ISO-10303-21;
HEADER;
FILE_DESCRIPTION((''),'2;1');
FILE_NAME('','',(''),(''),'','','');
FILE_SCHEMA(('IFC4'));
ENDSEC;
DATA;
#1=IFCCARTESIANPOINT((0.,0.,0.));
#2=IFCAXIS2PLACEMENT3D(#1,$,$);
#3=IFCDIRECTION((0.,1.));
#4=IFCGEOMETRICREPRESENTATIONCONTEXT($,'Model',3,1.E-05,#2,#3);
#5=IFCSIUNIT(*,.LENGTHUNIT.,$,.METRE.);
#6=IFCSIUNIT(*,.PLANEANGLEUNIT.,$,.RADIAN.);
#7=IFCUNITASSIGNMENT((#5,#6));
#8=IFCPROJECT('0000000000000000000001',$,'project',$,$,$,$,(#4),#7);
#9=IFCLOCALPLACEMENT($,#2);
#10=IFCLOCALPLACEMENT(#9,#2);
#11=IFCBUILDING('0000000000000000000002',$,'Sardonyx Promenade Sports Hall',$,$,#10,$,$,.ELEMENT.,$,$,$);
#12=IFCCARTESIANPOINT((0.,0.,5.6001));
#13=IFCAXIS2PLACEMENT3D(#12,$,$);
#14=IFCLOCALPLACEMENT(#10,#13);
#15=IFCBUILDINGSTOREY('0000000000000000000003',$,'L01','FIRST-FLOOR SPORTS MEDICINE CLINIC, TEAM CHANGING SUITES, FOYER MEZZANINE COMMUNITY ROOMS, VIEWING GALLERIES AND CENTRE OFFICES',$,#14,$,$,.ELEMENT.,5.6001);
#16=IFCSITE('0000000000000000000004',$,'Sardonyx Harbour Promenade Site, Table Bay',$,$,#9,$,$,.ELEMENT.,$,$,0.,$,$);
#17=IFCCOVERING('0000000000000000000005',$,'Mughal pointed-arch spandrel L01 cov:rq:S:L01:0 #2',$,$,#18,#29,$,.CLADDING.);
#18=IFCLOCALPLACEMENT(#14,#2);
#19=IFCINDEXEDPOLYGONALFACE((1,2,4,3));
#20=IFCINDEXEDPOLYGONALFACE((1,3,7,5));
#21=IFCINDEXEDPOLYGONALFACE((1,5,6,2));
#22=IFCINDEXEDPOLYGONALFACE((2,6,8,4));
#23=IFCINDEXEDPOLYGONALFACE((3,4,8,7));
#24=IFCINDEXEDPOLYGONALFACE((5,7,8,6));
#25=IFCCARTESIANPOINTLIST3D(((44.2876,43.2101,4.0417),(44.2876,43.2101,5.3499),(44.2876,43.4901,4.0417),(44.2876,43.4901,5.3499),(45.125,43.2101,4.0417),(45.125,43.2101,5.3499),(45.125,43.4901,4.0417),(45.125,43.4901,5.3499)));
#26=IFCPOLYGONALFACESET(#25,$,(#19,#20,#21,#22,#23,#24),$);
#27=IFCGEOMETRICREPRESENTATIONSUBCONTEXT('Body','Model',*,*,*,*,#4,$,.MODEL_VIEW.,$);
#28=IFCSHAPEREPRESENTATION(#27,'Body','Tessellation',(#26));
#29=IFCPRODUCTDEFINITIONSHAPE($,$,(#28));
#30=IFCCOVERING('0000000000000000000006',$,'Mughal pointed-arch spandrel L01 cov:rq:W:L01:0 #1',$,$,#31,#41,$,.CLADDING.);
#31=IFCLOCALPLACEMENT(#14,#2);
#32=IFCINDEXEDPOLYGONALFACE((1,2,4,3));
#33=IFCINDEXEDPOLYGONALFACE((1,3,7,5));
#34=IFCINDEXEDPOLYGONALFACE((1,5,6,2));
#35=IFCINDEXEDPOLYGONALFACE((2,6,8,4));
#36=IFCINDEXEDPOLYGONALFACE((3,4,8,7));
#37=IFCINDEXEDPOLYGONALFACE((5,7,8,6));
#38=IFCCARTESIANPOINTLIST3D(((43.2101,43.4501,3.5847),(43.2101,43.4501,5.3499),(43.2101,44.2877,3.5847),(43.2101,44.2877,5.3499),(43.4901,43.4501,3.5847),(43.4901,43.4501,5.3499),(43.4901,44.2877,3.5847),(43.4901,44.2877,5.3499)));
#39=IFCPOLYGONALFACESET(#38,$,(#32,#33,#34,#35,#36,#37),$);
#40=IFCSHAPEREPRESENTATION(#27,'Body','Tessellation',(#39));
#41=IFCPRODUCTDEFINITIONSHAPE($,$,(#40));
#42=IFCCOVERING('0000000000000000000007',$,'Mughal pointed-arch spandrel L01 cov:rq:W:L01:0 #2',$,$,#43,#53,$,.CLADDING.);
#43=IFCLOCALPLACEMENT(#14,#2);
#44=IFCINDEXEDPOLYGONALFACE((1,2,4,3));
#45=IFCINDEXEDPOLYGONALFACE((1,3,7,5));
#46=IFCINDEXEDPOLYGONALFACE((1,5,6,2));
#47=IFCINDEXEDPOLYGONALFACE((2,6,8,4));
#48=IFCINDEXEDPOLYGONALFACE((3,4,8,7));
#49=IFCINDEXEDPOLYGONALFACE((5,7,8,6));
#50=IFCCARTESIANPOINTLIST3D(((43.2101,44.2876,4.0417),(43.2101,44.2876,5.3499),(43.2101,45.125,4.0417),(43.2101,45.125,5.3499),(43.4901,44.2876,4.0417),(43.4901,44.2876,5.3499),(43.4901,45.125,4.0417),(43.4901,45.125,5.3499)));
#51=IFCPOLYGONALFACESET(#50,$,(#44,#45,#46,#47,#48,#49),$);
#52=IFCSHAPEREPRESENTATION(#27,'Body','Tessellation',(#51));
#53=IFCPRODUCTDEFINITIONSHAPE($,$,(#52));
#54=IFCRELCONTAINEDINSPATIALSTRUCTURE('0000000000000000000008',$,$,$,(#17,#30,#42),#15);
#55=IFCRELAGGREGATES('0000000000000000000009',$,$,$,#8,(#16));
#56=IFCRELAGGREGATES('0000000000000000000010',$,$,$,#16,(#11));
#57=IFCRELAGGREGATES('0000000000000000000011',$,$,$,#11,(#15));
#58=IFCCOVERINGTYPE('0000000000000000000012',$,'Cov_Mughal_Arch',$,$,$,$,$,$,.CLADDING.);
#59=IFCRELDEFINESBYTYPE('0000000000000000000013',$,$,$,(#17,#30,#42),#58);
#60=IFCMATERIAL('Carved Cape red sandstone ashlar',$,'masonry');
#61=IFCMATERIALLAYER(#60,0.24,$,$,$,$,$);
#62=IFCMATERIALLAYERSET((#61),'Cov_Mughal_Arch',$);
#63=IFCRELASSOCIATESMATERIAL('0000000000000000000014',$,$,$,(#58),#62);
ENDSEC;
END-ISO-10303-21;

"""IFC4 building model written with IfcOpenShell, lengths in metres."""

from ifc_helpers import new_model, si_unit, direction, frame, frame_2d, origin, place, context, subcontext, project, spatial, rectangle, extrude, material, layer, layer_set, type_object, element, save


model = new_model("IFC4")

# Units and contexts
model_context = context("Model", 3, precision=1e-05, world=origin(), true_north=direction((0.0, 1.0)))
body_context = subcontext(model_context, "Body", "Model", "MODEL_VIEW")
ifc_project = project(units=[si_unit("LENGTHUNIT", "METRE"), si_unit("PLANEANGLEUNIT", "RADIAN")], contexts=[model_context])

# Site, building, storey
site_placement = place(None, origin())
site = spatial("IfcSite", under=ifc_project, at=site_placement, Name="Sardonyx Harbour Promenade Site, Table Bay", CompositionType="ELEMENT", RefElevation=0.0)
building_placement = place(site_placement, origin())
building = spatial("IfcBuilding", under=site, at=building_placement, Name="Sardonyx Promenade Sports Hall", CompositionType="ELEMENT")
storey_placement = place(building_placement, frame((0.0, 0.0, 5.6001)))
storey = spatial("IfcBuildingStorey", under=building, at=storey_placement, Name="L01", Description="FIRST-FLOOR SPORTS MEDICINE CLINIC, TEAM CHANGING SUITES, FOYER MEZZANINE COMMUNITY ROOMS, VIEWING GALLERIES AND CENTRE OFFICES", CompositionType="ELEMENT", Elevation=5.6001)

# Coverings
ifc_material_1 = material(Name="Carved Cape red sandstone ashlar", Category="masonry")
ifc_layer_1 = layer(ifc_material_1, 0.24)
ifc_layer_set_1 = layer_set([ifc_layer_1], Name="Cov_Mughal_Arch")
covering_type = type_object("IfcCoveringType", Name="Cov_Mughal_Arch", PredefinedType="CLADDING", material=ifc_layer_set_1)
covering_1_placement = place(storey_placement, frame((44.2876, 43.3501, 4.0417), z_axis=(0.0, 0.0, 1.0), x_axis=(1.0, 0.0, 0.0)))
element("IfcCovering", 1, at=covering_1_placement, inside=storey, type_object=covering_type, Name="Mughal pointed-arch spandrel L01 cov:rq:S:L01:0 #2", PredefinedType="CLADDING", context=body_context, shape_type="SweptSolid", body=[
    extrude(rectangle(XDim=0.8374, YDim=0.28, at=frame_2d((0.4187, 0.0))), origin(), (0.0, 0.0, 1.0), 1.3081),
])
covering_2_placement = place(storey_placement, frame((43.3501, 43.45, 3.5847), z_axis=(0.0, 0.0, 1.0), x_axis=(0.0, 1.0, 0.0)))
element("IfcCovering", 2, at=covering_2_placement, inside=storey, type_object=covering_type, Name="Mughal pointed-arch spandrel L01 cov:rq:W:L01:0 #1", PredefinedType="CLADDING", context=body_context, shape_type="SweptSolid", body=[
    extrude(rectangle(XDim=0.8376, YDim=0.28, at=frame_2d((0.4189, 0.0))), origin(), (0.0, 0.0, 1.0), 1.7651),
])
covering_3_placement = place(storey_placement, frame((43.3501, 44.2876, 4.0417), z_axis=(0.0, 0.0, 1.0), x_axis=(0.0, 1.0, 0.0)))
element("IfcCovering", 3, at=covering_3_placement, inside=storey, type_object=covering_type, Name="Mughal pointed-arch spandrel L01 cov:rq:W:L01:0 #2", PredefinedType="CLADDING", context=body_context, shape_type="SweptSolid", body=[
    extrude(rectangle(XDim=0.8374, YDim=0.28, at=frame_2d((0.4187, 0.0))), origin(), (0.0, 0.0, 1.0), 1.3081),
])

save(model, "model.ifc")
